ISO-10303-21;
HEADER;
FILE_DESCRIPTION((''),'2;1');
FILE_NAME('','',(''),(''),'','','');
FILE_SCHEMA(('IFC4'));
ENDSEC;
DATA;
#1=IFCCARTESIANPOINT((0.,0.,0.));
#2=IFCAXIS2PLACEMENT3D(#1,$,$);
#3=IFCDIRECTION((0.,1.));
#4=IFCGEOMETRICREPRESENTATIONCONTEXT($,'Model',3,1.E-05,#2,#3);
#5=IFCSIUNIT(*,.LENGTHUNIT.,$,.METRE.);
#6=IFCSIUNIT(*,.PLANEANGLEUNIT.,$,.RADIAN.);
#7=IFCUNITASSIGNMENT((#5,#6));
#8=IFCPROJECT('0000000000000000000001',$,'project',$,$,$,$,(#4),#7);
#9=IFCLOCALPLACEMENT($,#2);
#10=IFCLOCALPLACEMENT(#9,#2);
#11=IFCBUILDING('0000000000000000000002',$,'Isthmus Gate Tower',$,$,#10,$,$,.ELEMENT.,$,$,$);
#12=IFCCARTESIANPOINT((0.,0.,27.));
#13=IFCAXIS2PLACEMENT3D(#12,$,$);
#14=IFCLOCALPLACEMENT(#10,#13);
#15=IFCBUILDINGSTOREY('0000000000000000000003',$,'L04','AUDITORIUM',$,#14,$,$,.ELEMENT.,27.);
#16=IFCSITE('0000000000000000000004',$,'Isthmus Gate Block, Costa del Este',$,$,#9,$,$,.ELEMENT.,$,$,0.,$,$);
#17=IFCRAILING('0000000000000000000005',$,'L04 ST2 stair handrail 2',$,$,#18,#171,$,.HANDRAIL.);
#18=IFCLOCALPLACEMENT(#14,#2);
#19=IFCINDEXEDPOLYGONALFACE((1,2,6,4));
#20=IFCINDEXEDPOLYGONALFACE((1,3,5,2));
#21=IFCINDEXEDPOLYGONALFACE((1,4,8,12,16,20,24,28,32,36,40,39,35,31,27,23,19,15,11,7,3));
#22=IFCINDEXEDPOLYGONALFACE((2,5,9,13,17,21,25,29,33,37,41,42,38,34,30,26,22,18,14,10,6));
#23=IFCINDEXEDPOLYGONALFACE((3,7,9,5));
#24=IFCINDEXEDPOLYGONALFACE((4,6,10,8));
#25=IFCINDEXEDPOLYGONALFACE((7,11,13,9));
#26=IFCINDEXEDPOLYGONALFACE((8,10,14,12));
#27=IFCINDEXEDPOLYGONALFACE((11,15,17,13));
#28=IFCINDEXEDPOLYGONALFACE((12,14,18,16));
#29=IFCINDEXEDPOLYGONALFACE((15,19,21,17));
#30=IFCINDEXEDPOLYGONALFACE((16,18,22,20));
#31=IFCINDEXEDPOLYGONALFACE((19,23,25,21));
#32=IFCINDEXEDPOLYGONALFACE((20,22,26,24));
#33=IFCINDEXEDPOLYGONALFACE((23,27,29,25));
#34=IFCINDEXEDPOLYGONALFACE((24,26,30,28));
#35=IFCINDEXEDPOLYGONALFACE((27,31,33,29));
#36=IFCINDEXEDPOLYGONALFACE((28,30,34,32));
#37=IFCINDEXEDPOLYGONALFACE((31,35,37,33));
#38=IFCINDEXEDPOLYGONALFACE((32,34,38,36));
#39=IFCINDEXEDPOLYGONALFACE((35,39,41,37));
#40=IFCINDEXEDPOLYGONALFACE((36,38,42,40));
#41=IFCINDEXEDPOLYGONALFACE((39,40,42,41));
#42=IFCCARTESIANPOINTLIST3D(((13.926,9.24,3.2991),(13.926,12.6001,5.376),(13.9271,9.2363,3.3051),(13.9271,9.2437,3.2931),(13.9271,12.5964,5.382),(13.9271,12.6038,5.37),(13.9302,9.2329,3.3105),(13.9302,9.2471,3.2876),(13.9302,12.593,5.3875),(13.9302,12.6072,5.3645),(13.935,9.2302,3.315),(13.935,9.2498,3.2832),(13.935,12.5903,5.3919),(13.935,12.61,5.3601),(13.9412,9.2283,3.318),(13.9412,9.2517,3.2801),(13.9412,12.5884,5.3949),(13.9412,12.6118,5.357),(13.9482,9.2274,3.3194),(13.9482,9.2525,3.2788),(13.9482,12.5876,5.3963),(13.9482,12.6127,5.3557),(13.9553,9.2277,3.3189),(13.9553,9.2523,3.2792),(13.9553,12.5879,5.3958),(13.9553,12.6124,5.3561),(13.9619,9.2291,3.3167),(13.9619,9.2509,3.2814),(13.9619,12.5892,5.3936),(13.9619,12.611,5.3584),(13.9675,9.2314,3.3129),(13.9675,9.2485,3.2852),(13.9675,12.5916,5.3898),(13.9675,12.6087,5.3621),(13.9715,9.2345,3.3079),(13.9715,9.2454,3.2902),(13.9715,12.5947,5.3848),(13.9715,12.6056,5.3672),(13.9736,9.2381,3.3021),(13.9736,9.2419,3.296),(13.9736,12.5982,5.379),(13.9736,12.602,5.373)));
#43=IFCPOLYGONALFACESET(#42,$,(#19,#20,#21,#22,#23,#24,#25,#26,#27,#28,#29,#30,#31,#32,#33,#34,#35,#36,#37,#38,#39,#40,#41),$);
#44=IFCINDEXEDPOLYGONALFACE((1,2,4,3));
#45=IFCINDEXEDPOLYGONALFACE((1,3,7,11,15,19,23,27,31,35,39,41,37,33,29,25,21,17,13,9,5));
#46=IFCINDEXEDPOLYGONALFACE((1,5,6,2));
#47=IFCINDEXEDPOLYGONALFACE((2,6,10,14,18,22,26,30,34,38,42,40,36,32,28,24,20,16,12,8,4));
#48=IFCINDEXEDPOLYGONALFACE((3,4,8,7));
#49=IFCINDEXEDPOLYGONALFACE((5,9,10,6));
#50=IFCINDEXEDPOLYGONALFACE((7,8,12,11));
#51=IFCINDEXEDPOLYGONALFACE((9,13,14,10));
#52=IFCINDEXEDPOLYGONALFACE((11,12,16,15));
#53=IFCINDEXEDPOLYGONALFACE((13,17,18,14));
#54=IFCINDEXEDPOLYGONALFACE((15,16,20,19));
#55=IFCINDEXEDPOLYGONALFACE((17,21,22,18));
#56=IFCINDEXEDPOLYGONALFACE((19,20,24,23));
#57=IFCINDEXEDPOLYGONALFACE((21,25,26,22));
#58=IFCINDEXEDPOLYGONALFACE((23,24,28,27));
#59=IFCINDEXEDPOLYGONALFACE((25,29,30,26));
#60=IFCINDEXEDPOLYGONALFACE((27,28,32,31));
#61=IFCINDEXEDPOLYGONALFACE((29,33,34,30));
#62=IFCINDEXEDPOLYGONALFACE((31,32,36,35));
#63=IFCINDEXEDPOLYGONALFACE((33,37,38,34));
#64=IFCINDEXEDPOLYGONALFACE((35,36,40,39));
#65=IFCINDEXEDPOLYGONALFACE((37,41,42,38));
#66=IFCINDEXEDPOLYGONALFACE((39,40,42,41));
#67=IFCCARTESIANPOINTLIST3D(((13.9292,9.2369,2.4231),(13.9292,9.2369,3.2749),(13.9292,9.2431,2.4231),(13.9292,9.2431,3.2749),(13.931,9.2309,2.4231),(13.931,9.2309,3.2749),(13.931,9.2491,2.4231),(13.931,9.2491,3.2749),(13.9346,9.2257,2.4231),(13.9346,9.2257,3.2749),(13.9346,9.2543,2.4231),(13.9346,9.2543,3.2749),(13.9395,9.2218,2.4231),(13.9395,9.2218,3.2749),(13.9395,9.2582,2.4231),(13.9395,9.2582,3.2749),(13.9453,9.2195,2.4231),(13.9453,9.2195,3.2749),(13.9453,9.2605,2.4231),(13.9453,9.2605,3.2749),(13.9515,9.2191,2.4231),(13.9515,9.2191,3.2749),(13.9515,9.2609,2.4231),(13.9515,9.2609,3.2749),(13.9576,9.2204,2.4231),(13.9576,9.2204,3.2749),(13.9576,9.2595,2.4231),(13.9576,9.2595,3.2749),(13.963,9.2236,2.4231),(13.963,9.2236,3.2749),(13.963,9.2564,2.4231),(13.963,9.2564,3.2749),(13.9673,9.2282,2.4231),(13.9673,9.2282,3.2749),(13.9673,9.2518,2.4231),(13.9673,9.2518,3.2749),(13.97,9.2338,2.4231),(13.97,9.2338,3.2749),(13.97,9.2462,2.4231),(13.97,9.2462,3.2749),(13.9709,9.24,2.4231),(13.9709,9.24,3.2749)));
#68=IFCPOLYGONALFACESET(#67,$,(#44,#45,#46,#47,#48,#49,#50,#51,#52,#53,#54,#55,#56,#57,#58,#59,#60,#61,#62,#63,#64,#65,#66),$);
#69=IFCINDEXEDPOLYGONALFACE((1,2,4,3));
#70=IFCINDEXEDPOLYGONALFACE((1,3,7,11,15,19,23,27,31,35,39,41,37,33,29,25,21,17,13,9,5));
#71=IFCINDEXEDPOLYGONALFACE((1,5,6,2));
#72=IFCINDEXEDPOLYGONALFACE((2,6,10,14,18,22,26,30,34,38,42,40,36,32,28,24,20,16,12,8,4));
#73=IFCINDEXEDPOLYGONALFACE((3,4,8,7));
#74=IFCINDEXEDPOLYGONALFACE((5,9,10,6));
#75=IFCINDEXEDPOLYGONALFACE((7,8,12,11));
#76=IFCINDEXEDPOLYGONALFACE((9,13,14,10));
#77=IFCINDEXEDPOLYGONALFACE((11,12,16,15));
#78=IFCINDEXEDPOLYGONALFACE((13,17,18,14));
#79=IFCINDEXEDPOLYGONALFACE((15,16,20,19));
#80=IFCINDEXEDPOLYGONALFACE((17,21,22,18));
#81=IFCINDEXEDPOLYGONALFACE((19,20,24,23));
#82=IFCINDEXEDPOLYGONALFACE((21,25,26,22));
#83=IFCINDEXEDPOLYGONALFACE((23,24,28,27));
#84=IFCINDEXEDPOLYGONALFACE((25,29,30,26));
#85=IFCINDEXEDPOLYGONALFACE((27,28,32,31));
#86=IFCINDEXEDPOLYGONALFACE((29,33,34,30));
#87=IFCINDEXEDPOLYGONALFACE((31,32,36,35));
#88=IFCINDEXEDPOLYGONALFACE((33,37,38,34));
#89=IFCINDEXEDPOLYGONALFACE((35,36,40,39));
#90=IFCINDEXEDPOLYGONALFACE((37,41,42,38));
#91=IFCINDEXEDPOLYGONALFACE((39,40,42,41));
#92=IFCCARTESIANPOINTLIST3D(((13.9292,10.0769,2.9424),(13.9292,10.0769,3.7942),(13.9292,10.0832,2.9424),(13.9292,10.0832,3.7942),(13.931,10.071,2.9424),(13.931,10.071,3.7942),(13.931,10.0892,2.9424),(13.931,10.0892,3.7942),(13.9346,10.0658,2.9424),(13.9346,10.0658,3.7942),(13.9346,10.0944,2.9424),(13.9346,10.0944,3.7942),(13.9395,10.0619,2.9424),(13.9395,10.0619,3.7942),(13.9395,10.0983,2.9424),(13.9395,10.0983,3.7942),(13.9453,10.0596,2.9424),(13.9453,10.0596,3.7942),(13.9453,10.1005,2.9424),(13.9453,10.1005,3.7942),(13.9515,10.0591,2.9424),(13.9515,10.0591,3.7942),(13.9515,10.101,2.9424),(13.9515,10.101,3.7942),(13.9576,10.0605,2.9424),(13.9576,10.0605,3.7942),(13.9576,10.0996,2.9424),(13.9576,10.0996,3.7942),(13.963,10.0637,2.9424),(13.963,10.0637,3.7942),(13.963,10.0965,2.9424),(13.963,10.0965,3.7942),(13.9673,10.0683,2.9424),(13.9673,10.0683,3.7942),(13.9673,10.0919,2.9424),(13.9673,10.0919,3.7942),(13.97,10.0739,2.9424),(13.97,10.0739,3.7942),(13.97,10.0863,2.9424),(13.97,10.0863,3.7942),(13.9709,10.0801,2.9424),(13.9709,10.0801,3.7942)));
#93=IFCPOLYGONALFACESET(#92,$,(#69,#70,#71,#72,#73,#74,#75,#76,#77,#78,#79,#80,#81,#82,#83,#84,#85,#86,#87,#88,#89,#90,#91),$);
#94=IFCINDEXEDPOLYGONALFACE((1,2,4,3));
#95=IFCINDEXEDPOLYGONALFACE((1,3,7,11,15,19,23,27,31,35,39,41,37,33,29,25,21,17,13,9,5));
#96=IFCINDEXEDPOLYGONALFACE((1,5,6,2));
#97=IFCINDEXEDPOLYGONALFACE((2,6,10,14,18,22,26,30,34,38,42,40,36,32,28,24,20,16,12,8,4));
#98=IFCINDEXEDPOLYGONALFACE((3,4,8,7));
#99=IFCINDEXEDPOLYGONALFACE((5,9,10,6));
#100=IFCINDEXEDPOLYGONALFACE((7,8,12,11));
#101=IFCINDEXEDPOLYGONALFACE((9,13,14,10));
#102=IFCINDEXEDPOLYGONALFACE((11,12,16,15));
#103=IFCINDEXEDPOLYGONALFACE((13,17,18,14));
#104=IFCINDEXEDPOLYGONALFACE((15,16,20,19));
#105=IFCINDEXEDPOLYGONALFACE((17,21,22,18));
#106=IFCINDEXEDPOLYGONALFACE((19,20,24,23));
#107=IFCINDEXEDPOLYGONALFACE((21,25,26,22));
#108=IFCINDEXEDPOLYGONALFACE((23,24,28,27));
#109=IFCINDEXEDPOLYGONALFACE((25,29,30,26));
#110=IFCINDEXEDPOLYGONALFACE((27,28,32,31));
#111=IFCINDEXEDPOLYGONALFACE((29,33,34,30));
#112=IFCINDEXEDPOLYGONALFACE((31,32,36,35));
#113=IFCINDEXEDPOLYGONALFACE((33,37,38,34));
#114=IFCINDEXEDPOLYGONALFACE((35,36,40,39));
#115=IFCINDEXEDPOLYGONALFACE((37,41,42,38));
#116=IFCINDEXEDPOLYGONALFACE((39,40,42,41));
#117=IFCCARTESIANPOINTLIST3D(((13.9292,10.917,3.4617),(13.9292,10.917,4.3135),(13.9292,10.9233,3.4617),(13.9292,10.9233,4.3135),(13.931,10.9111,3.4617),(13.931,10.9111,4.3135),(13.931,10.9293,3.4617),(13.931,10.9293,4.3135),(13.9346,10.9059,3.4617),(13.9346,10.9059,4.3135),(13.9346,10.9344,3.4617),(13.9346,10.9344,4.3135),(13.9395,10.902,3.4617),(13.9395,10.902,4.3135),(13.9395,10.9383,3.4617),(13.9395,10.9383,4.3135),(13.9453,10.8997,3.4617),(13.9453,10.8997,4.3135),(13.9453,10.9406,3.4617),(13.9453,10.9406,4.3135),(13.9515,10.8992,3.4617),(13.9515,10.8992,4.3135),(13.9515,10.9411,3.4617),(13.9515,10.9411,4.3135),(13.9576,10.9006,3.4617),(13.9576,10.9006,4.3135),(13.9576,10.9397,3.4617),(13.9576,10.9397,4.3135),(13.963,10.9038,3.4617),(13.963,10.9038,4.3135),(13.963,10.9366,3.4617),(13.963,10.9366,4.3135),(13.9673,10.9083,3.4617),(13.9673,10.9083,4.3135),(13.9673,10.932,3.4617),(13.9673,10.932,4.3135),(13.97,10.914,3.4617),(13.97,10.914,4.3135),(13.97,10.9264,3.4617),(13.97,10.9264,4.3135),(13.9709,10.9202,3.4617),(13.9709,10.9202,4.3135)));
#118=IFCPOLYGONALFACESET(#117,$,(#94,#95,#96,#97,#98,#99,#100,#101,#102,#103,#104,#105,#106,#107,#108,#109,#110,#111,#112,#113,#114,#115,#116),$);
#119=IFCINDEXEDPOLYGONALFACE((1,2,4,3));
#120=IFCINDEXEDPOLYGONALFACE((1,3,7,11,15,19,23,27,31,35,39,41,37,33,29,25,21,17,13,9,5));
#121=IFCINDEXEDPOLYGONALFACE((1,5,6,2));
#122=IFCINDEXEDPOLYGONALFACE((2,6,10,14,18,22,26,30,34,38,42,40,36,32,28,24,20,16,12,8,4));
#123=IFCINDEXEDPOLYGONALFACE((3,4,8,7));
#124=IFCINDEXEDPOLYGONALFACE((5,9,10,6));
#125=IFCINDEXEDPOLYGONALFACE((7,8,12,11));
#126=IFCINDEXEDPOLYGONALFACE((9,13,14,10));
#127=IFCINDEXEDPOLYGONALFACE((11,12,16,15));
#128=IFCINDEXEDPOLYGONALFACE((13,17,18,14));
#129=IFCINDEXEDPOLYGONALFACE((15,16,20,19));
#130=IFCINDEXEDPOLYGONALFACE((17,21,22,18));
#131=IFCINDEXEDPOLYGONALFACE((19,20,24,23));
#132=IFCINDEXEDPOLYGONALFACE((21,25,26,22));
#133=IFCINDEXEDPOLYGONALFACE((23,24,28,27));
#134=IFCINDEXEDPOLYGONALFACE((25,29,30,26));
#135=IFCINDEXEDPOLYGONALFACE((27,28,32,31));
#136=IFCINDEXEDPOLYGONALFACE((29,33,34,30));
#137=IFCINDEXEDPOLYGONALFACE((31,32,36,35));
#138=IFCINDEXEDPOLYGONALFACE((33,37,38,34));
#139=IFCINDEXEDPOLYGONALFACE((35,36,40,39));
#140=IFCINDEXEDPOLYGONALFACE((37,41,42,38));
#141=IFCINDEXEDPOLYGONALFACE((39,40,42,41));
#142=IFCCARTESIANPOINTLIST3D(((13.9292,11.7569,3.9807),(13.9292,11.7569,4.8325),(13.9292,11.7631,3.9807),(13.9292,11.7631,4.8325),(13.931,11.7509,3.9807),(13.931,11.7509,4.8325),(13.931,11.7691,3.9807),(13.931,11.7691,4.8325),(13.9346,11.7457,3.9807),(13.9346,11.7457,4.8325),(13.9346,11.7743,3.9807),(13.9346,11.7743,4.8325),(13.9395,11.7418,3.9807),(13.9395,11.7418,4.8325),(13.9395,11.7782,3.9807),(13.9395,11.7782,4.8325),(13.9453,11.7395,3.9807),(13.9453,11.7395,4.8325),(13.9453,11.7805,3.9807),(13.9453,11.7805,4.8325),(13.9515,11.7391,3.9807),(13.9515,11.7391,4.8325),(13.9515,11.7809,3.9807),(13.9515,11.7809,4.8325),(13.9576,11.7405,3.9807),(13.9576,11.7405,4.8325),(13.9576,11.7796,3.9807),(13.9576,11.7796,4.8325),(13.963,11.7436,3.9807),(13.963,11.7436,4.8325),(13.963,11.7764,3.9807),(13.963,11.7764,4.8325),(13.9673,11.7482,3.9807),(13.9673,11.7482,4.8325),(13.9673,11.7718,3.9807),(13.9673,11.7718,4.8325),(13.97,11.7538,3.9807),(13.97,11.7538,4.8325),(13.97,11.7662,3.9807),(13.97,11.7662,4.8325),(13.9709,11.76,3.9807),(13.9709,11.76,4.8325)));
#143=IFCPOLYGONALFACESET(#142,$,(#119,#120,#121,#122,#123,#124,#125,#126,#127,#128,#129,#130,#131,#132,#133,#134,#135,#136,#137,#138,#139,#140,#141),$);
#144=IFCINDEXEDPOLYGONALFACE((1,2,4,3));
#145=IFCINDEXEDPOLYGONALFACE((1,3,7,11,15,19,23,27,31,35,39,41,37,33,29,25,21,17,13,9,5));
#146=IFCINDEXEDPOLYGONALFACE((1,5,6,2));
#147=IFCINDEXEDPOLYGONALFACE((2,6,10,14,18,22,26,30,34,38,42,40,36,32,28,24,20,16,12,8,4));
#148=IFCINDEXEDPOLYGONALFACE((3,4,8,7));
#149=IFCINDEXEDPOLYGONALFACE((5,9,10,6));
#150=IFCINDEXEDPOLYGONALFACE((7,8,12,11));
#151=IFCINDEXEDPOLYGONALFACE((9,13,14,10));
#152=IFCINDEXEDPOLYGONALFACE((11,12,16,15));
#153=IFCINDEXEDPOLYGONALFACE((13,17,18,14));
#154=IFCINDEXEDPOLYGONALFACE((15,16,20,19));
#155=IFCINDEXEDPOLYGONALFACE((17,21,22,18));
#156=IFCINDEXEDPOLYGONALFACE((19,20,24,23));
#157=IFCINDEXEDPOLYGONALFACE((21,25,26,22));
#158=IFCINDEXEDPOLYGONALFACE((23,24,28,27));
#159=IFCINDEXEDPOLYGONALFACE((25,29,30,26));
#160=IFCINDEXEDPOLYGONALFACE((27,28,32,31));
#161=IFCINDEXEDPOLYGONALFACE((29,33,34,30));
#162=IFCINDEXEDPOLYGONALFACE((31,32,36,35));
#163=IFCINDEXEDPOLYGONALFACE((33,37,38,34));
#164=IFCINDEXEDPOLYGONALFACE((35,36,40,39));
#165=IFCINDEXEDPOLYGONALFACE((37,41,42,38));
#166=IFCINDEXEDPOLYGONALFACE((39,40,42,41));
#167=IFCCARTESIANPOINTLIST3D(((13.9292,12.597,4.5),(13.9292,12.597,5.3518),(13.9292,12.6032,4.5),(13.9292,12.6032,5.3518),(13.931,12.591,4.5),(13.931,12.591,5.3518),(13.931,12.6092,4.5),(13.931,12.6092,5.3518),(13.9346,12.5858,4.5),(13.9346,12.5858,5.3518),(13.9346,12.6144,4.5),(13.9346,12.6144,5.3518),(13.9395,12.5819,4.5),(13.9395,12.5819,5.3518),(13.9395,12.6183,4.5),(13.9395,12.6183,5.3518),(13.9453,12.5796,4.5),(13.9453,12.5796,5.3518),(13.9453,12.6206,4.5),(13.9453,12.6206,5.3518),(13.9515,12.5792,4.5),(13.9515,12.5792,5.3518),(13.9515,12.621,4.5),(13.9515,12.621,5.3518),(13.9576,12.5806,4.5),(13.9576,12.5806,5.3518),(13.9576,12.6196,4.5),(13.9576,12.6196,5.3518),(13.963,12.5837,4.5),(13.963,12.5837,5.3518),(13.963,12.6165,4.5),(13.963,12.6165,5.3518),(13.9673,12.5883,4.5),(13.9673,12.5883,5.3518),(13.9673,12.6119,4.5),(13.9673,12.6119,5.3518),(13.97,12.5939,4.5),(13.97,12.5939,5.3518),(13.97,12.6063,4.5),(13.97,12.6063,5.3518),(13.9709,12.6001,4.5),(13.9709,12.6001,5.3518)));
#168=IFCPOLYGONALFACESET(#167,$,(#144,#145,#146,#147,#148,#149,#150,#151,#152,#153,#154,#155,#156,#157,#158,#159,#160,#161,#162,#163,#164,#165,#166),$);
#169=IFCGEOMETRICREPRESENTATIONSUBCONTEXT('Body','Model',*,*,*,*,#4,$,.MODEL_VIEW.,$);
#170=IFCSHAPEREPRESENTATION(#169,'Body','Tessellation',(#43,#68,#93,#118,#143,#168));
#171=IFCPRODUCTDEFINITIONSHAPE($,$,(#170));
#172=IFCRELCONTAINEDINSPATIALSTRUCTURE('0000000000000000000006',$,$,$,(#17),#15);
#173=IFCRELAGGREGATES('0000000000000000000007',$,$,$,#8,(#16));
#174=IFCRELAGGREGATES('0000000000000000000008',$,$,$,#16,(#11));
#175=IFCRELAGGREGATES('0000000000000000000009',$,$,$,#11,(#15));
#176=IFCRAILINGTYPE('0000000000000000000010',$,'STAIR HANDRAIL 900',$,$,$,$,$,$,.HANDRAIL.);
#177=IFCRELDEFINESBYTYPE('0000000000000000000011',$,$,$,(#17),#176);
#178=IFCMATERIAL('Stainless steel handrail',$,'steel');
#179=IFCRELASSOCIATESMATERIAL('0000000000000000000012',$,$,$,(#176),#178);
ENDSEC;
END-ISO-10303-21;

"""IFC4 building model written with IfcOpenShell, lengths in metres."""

from ifc_helpers import new_model, si_unit, direction, frame, origin, origin_2d, place, context, subcontext, project, spatial, circle, extrude, material, type_object, element, save


model = new_model("IFC4")

# Units and contexts
model_context = context("Model", 3, precision=1e-05, world=origin(), true_north=direction((0.0, 1.0)))
body_context = subcontext(model_context, "Body", "Model", "MODEL_VIEW")
ifc_project = project(units=[si_unit("LENGTHUNIT", "METRE"), si_unit("PLANEANGLEUNIT", "RADIAN")], contexts=[model_context])

# Site, building, storey
site_placement = place(None, origin())
site = spatial("IfcSite", under=ifc_project, at=site_placement, Name="Isthmus Gate Block, Costa del Este", CompositionType="ELEMENT", RefElevation=0.0)
building_placement = place(site_placement, origin())
building = spatial("IfcBuilding", under=site, at=building_placement, Name="Isthmus Gate Tower", CompositionType="ELEMENT")
storey_placement = place(building_placement, frame((0.0, 0.0, 27.0)))
storey = spatial("IfcBuildingStorey", under=building, at=storey_placement, Name="L04", Description="AUDITORIUM", CompositionType="ELEMENT", Elevation=27.0)

# Railing
ifc_material_1 = material(Name="Stainless steel handrail", Category="steel")
railing_type_1 = type_object("IfcRailingType", Name="STAIR HANDRAIL 900", PredefinedType="HANDRAIL", material=ifc_material_1)
for number, where, name in (
    (1, (13.95, 9.24, 2.4231), "L04 ST2 stair handrail 2"),
):
    element("IfcRailing", number, at=place(storey_placement, frame(where)), inside=storey, type_object=railing_type_1, Name=name, PredefinedType="HANDRAIL", context=body_context, shape_type="SweptSolid", body=[
        extrude(circle(Radius=0.0239, at=origin_2d()), frame((0.0, 0.0, 0.876), z_axis=(0.0, 0.850623, 0.525776), x_axis=(-1.0, 0.0, 0.0)), (0.0, 0.0, 1.0), 3.9502),
        extrude(circle(Radius=0.021, at=origin_2d()), origin(), (0.0, 0.0, 1.0), 0.8518),
        extrude(circle(Radius=0.021, at=origin_2d()), frame((0.0, 0.8401, 0.5193)), (0.0, 0.0, 1.0), 0.8518),
        extrude(circle(Radius=0.021, at=origin_2d()), frame((0.0, 1.6802, 1.0386)), (0.0, 0.0, 1.0), 0.8518),
        extrude(circle(Radius=0.021, at=origin_2d()), frame((0.0, 2.52, 1.5576)), (0.0, 0.0, 1.0), 0.8518),
        extrude(circle(Radius=0.021, at=origin_2d()), frame((0.0, 3.3601, 2.0769)), (0.0, 0.0, 1.0), 0.8518),
    ])

save(model, "model.ifc")
